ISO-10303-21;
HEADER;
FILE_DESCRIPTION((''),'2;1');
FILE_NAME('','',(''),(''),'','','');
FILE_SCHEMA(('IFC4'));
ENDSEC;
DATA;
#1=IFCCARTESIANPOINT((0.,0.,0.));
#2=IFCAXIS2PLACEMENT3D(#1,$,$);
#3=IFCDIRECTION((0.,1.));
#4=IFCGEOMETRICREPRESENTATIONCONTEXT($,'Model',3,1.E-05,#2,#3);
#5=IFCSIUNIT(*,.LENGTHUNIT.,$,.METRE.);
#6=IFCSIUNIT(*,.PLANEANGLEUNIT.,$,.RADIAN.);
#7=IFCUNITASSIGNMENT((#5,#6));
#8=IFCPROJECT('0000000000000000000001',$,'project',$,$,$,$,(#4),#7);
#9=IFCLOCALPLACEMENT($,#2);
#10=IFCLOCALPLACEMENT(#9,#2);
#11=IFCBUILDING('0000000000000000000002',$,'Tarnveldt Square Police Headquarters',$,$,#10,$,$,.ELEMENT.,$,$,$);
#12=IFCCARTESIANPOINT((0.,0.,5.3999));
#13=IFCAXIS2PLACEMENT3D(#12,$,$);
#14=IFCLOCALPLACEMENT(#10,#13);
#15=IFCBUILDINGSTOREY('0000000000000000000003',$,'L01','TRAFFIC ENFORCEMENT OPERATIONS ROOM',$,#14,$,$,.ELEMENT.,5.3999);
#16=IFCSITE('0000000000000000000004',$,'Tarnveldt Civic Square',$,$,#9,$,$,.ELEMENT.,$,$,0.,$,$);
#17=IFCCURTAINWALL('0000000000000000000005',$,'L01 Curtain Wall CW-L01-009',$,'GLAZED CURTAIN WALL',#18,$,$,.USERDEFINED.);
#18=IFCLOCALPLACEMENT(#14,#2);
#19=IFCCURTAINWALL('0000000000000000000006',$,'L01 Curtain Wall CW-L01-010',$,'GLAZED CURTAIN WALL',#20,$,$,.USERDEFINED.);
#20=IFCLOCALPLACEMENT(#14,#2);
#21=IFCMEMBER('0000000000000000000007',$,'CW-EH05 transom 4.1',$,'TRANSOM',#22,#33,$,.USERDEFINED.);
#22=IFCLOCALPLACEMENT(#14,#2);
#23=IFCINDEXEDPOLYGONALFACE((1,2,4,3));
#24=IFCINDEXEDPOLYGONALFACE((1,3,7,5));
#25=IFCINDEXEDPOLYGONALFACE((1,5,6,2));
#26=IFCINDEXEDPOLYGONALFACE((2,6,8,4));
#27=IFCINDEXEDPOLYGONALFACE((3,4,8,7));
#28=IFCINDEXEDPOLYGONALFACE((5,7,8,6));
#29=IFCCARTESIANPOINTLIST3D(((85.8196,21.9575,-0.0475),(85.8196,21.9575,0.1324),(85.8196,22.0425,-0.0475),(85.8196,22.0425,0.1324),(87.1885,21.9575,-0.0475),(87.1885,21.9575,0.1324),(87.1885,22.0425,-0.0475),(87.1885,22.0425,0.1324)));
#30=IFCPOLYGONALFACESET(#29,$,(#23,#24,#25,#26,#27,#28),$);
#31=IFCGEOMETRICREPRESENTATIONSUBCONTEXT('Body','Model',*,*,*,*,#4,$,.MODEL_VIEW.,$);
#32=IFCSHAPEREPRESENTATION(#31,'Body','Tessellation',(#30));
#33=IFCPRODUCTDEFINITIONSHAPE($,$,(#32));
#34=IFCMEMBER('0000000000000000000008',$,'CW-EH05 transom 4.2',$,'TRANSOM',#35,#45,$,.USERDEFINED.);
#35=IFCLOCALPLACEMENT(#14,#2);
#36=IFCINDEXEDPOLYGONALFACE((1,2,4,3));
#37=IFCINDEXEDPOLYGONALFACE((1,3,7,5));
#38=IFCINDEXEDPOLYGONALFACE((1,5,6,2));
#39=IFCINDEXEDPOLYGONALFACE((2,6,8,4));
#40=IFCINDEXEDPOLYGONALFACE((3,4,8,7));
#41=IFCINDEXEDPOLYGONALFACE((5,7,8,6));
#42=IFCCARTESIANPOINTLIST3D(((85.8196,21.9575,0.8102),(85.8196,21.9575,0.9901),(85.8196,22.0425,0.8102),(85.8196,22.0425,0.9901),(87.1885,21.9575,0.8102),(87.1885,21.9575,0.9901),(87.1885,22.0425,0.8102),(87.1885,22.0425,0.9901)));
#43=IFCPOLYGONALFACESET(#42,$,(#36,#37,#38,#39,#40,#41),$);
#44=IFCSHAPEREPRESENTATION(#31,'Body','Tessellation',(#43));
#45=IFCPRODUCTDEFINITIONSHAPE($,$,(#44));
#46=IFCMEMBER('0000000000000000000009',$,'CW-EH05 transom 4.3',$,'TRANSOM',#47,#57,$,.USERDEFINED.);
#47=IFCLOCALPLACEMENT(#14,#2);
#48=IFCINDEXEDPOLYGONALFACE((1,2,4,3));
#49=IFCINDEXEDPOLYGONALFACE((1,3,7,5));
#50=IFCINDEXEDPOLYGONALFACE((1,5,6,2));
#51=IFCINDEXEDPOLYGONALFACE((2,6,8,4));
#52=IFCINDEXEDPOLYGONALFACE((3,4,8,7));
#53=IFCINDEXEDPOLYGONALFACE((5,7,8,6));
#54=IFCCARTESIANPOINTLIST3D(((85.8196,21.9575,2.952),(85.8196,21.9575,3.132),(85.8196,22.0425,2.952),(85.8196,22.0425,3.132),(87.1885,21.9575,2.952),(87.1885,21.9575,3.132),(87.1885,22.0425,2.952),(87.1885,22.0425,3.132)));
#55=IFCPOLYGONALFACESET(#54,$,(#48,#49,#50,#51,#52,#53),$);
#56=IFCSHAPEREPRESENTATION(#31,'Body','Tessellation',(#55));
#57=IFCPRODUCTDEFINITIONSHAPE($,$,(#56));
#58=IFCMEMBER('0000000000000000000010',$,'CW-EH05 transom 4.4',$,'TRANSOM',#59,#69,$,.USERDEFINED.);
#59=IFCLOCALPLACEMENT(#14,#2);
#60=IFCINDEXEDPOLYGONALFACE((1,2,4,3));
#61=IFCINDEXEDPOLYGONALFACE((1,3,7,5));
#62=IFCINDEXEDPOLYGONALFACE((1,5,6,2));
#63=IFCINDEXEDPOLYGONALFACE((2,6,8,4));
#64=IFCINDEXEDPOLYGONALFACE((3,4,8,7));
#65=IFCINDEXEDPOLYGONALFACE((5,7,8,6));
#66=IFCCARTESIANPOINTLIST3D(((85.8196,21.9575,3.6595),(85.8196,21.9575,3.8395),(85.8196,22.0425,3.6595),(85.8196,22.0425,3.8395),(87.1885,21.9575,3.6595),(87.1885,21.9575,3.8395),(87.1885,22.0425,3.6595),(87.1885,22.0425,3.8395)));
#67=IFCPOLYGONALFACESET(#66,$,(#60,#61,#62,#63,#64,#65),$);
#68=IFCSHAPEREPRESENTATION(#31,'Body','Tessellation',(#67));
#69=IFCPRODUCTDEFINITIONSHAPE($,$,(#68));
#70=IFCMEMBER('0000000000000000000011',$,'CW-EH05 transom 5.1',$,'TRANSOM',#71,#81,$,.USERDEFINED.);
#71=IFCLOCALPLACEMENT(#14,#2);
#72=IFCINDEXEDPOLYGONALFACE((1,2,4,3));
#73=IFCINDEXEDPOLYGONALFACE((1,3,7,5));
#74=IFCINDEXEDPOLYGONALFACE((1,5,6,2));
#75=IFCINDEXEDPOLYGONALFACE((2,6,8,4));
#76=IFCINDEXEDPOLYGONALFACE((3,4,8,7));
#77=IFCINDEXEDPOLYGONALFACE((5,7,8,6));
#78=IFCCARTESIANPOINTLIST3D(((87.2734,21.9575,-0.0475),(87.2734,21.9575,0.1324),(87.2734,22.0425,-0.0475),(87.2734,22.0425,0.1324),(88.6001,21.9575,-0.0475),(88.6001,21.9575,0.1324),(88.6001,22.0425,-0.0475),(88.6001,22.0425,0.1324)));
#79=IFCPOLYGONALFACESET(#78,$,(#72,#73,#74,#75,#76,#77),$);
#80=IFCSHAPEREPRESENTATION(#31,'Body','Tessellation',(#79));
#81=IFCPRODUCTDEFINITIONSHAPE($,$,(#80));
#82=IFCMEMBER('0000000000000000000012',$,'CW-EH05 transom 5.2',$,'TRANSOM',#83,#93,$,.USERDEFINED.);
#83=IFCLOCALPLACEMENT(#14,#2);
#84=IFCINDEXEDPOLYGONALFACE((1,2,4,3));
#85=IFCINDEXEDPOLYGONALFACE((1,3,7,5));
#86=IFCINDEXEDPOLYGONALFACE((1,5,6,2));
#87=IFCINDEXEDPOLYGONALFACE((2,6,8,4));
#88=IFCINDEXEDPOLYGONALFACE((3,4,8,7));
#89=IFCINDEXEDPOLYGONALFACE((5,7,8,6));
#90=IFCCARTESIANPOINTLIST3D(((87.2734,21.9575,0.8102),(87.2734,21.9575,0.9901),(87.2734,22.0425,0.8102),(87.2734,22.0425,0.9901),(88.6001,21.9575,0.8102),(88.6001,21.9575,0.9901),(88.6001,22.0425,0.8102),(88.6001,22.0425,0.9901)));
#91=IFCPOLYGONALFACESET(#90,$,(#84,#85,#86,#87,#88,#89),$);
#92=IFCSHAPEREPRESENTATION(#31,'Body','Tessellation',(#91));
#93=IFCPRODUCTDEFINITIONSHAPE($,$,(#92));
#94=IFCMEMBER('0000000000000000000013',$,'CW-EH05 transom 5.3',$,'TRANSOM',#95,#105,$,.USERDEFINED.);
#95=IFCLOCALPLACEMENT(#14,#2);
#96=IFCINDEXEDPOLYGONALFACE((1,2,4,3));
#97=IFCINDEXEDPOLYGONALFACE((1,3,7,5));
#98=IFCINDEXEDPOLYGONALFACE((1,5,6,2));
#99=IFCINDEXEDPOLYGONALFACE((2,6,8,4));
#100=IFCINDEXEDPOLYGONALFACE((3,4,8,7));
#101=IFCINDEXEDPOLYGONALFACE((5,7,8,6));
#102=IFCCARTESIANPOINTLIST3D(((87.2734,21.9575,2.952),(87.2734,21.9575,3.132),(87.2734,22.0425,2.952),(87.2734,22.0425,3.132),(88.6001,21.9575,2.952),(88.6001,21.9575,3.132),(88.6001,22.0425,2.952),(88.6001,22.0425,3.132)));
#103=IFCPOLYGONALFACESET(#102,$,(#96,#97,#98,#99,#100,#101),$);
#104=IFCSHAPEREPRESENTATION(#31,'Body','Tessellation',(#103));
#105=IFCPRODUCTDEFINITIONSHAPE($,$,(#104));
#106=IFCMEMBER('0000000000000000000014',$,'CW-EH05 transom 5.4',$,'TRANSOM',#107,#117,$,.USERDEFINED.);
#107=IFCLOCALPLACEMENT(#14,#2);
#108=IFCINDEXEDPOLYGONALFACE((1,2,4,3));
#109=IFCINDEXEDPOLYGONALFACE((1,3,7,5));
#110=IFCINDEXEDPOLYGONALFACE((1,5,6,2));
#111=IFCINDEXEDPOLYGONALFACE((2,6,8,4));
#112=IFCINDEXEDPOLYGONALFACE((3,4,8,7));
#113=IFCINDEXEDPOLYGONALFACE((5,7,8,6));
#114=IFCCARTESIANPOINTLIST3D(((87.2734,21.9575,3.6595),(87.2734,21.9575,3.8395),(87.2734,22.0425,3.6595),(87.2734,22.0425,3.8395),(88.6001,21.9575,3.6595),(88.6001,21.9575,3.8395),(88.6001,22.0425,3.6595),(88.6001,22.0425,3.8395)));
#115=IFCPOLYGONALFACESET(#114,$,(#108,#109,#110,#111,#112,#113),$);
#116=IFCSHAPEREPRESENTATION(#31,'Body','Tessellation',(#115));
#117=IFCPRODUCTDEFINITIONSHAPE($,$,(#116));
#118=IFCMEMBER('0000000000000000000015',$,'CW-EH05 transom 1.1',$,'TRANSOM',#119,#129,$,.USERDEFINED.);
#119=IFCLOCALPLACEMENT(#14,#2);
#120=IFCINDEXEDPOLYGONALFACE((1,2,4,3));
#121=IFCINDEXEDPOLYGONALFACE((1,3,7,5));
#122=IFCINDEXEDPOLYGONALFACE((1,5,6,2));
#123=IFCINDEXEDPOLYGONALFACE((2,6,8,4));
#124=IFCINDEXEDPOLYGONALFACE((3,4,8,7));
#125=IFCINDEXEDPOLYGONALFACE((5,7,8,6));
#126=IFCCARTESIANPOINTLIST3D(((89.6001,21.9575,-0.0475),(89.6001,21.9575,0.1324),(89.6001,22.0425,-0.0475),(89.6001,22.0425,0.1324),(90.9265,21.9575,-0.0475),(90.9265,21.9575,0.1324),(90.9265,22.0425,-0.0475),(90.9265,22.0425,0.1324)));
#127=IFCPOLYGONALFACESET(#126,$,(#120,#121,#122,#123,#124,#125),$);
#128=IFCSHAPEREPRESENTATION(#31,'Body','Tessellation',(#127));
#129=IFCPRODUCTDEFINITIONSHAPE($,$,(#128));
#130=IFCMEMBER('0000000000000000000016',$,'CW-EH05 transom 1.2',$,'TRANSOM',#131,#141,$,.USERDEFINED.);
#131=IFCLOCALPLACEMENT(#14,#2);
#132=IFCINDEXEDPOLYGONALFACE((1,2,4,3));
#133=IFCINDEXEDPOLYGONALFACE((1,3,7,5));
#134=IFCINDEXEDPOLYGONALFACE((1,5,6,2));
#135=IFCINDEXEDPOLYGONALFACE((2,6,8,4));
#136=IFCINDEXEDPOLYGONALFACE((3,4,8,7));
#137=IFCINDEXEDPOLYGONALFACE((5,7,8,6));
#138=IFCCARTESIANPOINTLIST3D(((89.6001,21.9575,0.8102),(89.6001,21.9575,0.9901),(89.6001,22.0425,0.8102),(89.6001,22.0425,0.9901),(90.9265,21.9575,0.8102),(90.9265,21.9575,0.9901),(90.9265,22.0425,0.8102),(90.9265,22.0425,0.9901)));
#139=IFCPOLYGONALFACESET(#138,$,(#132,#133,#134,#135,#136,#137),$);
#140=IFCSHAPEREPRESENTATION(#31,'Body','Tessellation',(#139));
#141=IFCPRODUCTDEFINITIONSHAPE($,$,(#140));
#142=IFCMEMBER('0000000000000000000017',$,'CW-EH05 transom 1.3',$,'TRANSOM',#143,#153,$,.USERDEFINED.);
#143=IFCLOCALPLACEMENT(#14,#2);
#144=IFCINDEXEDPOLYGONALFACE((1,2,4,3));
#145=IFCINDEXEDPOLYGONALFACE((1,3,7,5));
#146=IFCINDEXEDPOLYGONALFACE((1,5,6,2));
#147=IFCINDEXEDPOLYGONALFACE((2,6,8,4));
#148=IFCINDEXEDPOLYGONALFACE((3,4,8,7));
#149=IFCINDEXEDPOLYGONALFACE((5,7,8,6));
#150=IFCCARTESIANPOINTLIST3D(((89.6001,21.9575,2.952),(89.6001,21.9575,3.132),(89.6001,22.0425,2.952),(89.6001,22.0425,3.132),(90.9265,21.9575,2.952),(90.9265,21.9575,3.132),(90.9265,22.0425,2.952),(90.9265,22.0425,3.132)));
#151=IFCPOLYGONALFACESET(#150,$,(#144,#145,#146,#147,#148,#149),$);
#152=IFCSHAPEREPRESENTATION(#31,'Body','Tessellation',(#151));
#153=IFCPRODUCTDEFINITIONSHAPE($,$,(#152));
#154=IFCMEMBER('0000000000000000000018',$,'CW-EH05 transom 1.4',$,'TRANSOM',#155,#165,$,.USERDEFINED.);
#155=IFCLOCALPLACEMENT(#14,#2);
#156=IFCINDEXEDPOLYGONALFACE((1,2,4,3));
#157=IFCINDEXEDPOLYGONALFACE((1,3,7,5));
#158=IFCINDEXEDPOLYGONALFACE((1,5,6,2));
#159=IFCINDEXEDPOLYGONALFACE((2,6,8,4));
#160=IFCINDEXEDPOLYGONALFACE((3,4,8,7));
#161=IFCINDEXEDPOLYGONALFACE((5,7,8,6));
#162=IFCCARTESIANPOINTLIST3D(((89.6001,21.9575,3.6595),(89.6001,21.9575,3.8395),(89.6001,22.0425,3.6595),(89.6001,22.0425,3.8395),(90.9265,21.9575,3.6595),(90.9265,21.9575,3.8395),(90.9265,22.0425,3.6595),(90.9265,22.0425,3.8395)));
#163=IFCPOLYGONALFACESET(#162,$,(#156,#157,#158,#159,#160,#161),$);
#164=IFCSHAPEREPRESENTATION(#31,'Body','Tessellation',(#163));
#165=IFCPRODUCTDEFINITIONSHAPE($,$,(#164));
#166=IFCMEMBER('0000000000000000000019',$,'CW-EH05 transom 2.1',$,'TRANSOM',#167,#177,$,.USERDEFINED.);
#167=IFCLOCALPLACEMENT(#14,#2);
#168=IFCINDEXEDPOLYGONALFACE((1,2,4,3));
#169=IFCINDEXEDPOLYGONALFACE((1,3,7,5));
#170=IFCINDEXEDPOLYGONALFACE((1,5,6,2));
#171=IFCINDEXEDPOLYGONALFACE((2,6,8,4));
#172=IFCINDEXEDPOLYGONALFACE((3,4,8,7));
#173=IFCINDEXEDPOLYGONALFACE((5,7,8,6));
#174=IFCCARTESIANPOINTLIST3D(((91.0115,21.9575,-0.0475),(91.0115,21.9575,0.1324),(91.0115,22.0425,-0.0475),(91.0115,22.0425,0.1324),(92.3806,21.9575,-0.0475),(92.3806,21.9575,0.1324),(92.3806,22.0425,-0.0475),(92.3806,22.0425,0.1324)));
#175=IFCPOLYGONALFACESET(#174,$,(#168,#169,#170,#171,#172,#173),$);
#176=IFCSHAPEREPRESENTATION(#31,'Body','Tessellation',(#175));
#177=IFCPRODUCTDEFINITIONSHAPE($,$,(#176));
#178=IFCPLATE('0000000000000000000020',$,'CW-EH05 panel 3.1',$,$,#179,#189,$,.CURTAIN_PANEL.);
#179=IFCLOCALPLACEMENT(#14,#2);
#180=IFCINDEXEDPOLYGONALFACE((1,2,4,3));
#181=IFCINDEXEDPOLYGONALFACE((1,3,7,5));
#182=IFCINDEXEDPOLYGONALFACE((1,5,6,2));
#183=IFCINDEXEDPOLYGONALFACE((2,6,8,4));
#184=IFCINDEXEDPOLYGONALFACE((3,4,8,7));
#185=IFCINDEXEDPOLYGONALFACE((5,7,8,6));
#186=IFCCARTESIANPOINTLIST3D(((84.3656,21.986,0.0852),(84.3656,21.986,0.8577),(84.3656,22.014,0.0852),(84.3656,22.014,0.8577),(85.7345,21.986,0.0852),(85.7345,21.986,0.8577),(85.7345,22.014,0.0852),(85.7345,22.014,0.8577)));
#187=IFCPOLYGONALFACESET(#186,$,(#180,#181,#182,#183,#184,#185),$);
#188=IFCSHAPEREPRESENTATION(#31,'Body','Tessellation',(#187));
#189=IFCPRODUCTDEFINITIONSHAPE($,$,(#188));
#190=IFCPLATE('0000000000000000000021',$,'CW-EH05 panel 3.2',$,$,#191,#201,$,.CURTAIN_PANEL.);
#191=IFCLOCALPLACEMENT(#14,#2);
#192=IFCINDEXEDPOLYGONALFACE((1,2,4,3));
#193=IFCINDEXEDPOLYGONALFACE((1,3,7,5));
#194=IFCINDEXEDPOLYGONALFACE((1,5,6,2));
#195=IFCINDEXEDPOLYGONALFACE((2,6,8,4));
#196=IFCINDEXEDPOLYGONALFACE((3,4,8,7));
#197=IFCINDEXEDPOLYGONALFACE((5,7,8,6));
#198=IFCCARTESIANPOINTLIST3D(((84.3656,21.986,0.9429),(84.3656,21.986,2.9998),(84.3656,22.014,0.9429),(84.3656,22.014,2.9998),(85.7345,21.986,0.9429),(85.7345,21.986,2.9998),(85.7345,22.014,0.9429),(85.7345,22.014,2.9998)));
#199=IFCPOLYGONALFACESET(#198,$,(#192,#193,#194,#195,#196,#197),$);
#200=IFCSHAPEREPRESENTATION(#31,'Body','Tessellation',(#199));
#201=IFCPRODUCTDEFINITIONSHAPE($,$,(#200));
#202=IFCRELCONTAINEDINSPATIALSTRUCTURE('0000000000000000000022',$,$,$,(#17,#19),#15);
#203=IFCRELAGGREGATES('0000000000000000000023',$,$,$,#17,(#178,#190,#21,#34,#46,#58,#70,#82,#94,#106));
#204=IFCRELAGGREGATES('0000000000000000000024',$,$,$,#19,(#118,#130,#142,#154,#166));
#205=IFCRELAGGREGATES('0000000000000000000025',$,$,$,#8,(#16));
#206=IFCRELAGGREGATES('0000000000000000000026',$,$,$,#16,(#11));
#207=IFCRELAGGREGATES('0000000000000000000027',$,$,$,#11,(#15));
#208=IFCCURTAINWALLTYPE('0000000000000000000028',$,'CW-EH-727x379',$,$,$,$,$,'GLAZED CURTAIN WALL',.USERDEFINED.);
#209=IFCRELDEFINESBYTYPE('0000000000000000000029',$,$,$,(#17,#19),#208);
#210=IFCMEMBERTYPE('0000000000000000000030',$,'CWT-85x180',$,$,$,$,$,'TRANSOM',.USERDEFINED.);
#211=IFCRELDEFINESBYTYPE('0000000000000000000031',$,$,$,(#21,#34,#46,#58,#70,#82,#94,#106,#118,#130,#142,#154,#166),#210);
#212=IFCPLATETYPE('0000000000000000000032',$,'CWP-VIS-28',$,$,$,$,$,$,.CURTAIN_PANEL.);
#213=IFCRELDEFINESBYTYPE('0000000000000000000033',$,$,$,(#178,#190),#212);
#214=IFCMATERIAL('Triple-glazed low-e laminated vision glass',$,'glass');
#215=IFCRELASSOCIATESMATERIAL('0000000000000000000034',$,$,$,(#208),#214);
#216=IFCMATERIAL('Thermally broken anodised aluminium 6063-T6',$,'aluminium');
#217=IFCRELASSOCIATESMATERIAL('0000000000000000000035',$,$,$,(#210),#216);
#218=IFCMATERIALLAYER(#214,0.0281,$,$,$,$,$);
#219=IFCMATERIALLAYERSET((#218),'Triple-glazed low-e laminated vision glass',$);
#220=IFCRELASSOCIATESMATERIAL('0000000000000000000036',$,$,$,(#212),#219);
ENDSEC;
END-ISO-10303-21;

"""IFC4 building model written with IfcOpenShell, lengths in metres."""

from ifc_helpers import new_model, si_unit, direction, frame, origin, origin_2d, place, context, subcontext, project, spatial, rectangle, extrude, material, layer, layer_set, material_profile, profile_set, type_object, element, aggregate, save


model = new_model("IFC4")

# Units and contexts
model_context = context("Model", 3, precision=1e-05, world=origin(), true_north=direction((0.0, 1.0)))
body_context = subcontext(model_context, "Body", "Model", "MODEL_VIEW")
ifc_project = project(units=[si_unit("LENGTHUNIT", "METRE"), si_unit("PLANEANGLEUNIT", "RADIAN")], contexts=[model_context])

# Site, building, storey
site_placement = place(None, origin())
site = spatial("IfcSite", under=ifc_project, at=site_placement, Name="Tarnveldt Civic Square", CompositionType="ELEMENT", RefElevation=0.0)
building_placement = place(site_placement, origin())
building = spatial("IfcBuilding", under=site, at=building_placement, Name="Tarnveldt Square Police Headquarters", CompositionType="ELEMENT")
storey_placement = place(building_placement, frame((0.0, 0.0, 5.3999)))
storey = spatial("IfcBuildingStorey", under=building, at=storey_placement, Name="L01", Description="TRAFFIC ENFORCEMENT OPERATIONS ROOM", CompositionType="ELEMENT", Elevation=5.3999)

# Curtain walls
ifc_material_1 = material(Name="Triple-glazed low-e laminated vision glass", Category="glass")
curtain_wall_type = type_object("IfcCurtainWallType", Name="CW-EH-727x379", ElementType="GLAZED CURTAIN WALL", PredefinedType="USERDEFINED", material=ifc_material_1)
curtain_wall_1_placement = place(storey_placement, origin())
curtain_wall_1 = element("IfcCurtainWall", 1, at=curtain_wall_1_placement, inside=storey, type_object=curtain_wall_type, Name="L01 Curtain Wall CW-L01-009", ObjectType="GLAZED CURTAIN WALL", PredefinedType="USERDEFINED")
ifc_material_2 = material(Name="Thermally broken anodised aluminium 6063-T6", Category="aluminium")
curtain_wall_2_placement = place(storey_placement, origin())
curtain_wall_2 = element("IfcCurtainWall", 2, at=curtain_wall_2_placement, inside=storey, type_object=curtain_wall_type, Name="L01 Curtain Wall CW-L01-010", ObjectType="GLAZED CURTAIN WALL", PredefinedType="USERDEFINED")

# Members
ifc_material_profile_1 = material_profile(ifc_material_2, rectangle(XDim=0.085, YDim=0.1799, at=origin_2d()), Name="CW-T85x180")
ifc_profile_set_1 = profile_set([ifc_material_profile_1], Name="Thermally broken anodised aluminium 6063-T6")
member_type_1 = type_object("IfcMemberType", Name="CWT-85x180", ElementType="TRANSOM", PredefinedType="USERDEFINED", material=ifc_profile_set_1)
member_1_placement = place(storey_placement, frame((85.8196, 22.0, 0.0425), z_axis=(1.0, 0.0, 0.0), x_axis=(0.0, 1.0, 0.0)))
member_1 = element("IfcMember", 3, at=member_1_placement, type_object=member_type_1, Name="CW-EH05 transom 4.1", ObjectType="TRANSOM", PredefinedType="USERDEFINED", context=body_context, shape_type="SweptSolid", body=[
    extrude(rectangle(XDim=0.085, YDim=0.1799, at=origin_2d()), origin(), (0.0, 0.0, 1.0), 1.3689),
])
member_2_placement = place(storey_placement, frame((85.8196, 22.0, 0.9001), z_axis=(1.0, 0.0, 0.0), x_axis=(0.0, 1.0, 0.0)))
member_2 = element("IfcMember", 4, at=member_2_placement, type_object=member_type_1, Name="CW-EH05 transom 4.2", ObjectType="TRANSOM", PredefinedType="USERDEFINED", context=body_context, shape_type="SweptSolid", body=[
    extrude(rectangle(XDim=0.085, YDim=0.1799, at=origin_2d()), origin(), (0.0, 0.0, 1.0), 1.3689),
])
member_3_placement = place(storey_placement, frame((85.8196, 22.0, 3.042), z_axis=(1.0, 0.0, 0.0), x_axis=(0.0, 1.0, 0.0)))
member_3 = element("IfcMember", 5, at=member_3_placement, type_object=member_type_1, Name="CW-EH05 transom 4.3", ObjectType="TRANSOM", PredefinedType="USERDEFINED", context=body_context, shape_type="SweptSolid", body=[
    extrude(rectangle(XDim=0.085, YDim=0.1799, at=origin_2d()), origin(), (0.0, 0.0, 1.0), 1.3689),
])
member_4_placement = place(storey_placement, frame((85.8196, 22.0, 3.7495), z_axis=(1.0, 0.0, 0.0), x_axis=(0.0, 1.0, 0.0)))
member_4 = element("IfcMember", 6, at=member_4_placement, type_object=member_type_1, Name="CW-EH05 transom 4.4", ObjectType="TRANSOM", PredefinedType="USERDEFINED", context=body_context, shape_type="SweptSolid", body=[
    extrude(rectangle(XDim=0.085, YDim=0.1799, at=origin_2d()), origin(), (0.0, 0.0, 1.0), 1.3689),
])
member_5_placement = place(storey_placement, frame((87.2734, 22.0, 0.0425), z_axis=(1.0, 0.0, 0.0), x_axis=(0.0, 1.0, 0.0)))
member_5 = element("IfcMember", 7, at=member_5_placement, type_object=member_type_1, Name="CW-EH05 transom 5.1", ObjectType="TRANSOM", PredefinedType="USERDEFINED", context=body_context, shape_type="SweptSolid", body=[
    extrude(rectangle(XDim=0.085, YDim=0.1799, at=origin_2d()), origin(), (0.0, 0.0, 1.0), 1.3267),
])
member_6_placement = place(storey_placement, frame((87.2734, 22.0, 0.9001), z_axis=(1.0, 0.0, 0.0), x_axis=(0.0, 1.0, 0.0)))
member_6 = element("IfcMember", 8, at=member_6_placement, type_object=member_type_1, Name="CW-EH05 transom 5.2", ObjectType="TRANSOM", PredefinedType="USERDEFINED", context=body_context, shape_type="SweptSolid", body=[
    extrude(rectangle(XDim=0.085, YDim=0.1799, at=origin_2d()), origin(), (0.0, 0.0, 1.0), 1.3267),
])
member_7_placement = place(storey_placement, frame((87.2734, 22.0, 3.042), z_axis=(1.0, 0.0, 0.0), x_axis=(0.0, 1.0, 0.0)))
member_7 = element("IfcMember", 9, at=member_7_placement, type_object=member_type_1, Name="CW-EH05 transom 5.3", ObjectType="TRANSOM", PredefinedType="USERDEFINED", context=body_context, shape_type="SweptSolid", body=[
    extrude(rectangle(XDim=0.085, YDim=0.1799, at=origin_2d()), origin(), (0.0, 0.0, 1.0), 1.3267),
])
member_8_placement = place(storey_placement, frame((87.2734, 22.0, 3.7495), z_axis=(1.0, 0.0, 0.0), x_axis=(0.0, 1.0, 0.0)))
member_8 = element("IfcMember", 10, at=member_8_placement, type_object=member_type_1, Name="CW-EH05 transom 5.4", ObjectType="TRANSOM", PredefinedType="USERDEFINED", context=body_context, shape_type="SweptSolid", body=[
    extrude(rectangle(XDim=0.085, YDim=0.1799, at=origin_2d()), origin(), (0.0, 0.0, 1.0), 1.3267),
])
member_9_placement = place(storey_placement, frame((89.6001, 22.0, 0.0425), z_axis=(1.0, 0.0, 0.0), x_axis=(0.0, 1.0, 0.0)))
member_9 = element("IfcMember", 11, at=member_9_placement, type_object=member_type_1, Name="CW-EH05 transom 1.1", ObjectType="TRANSOM", PredefinedType="USERDEFINED", context=body_context, shape_type="SweptSolid", body=[
    extrude(rectangle(XDim=0.085, YDim=0.1799, at=origin_2d()), origin(), (0.0, 0.0, 1.0), 1.3264),
])
member_10_placement = place(storey_placement, frame((89.6001, 22.0, 0.9001), z_axis=(1.0, 0.0, 0.0), x_axis=(0.0, 1.0, 0.0)))
member_10 = element("IfcMember", 12, at=member_10_placement, type_object=member_type_1, Name="CW-EH05 transom 1.2", ObjectType="TRANSOM", PredefinedType="USERDEFINED", context=body_context, shape_type="SweptSolid", body=[
    extrude(rectangle(XDim=0.085, YDim=0.1799, at=origin_2d()), origin(), (0.0, 0.0, 1.0), 1.3264),
])
member_11_placement = place(storey_placement, frame((89.6001, 22.0, 3.042), z_axis=(1.0, 0.0, 0.0), x_axis=(0.0, 1.0, 0.0)))
member_11 = element("IfcMember", 13, at=member_11_placement, type_object=member_type_1, Name="CW-EH05 transom 1.3", ObjectType="TRANSOM", PredefinedType="USERDEFINED", context=body_context, shape_type="SweptSolid", body=[
    extrude(rectangle(XDim=0.085, YDim=0.1799, at=origin_2d()), origin(), (0.0, 0.0, 1.0), 1.3264),
])
member_12_placement = place(storey_placement, frame((89.6001, 22.0, 3.7495), z_axis=(1.0, 0.0, 0.0), x_axis=(0.0, 1.0, 0.0)))
member_12 = element("IfcMember", 14, at=member_12_placement, type_object=member_type_1, Name="CW-EH05 transom 1.4", ObjectType="TRANSOM", PredefinedType="USERDEFINED", context=body_context, shape_type="SweptSolid", body=[
    extrude(rectangle(XDim=0.085, YDim=0.1799, at=origin_2d()), origin(), (0.0, 0.0, 1.0), 1.3264),
])
member_13_placement = place(storey_placement, frame((91.0115, 22.0, 0.0425), z_axis=(1.0, 0.0, 0.0), x_axis=(0.0, 1.0, 0.0)))
member_13 = element("IfcMember", 15, at=member_13_placement, type_object=member_type_1, Name="CW-EH05 transom 2.1", ObjectType="TRANSOM", PredefinedType="USERDEFINED", context=body_context, shape_type="SweptSolid", body=[
    extrude(rectangle(XDim=0.085, YDim=0.1799, at=origin_2d()), origin(), (0.0, 0.0, 1.0), 1.3691),
])

# Plates
ifc_layer = layer(ifc_material_1, 0.0281)
ifc_layer_set = layer_set([ifc_layer], Name="Triple-glazed low-e laminated vision glass")
plate_type = type_object("IfcPlateType", Name="CWP-VIS-28", PredefinedType="CURTAIN_PANEL", material=ifc_layer_set)
plate_1_placement = place(storey_placement, frame((85.05, 22.0, 0.0852), z_axis=(0.0, 0.0, 1.0), x_axis=(1.0, 0.0, 0.0)))
plate_1 = element("IfcPlate", 16, at=plate_1_placement, type_object=plate_type, Name="CW-EH05 panel 3.1", PredefinedType="CURTAIN_PANEL", context=body_context, shape_type="SweptSolid", body=[
    extrude(rectangle(XDim=1.3689, YDim=0.0281, at=origin_2d()), origin(), (0.0, 0.0, 1.0), 0.7725),
])
plate_2_placement = place(storey_placement, frame((85.05, 22.0, 0.9429), z_axis=(0.0, 0.0, 1.0), x_axis=(1.0, 0.0, 0.0)))
plate_2 = element("IfcPlate", 17, at=plate_2_placement, type_object=plate_type, Name="CW-EH05 panel 3.2", PredefinedType="CURTAIN_PANEL", context=body_context, shape_type="SweptSolid", body=[
    extrude(rectangle(XDim=1.3689, YDim=0.0281, at=origin_2d()), origin(), (0.0, 0.0, 1.0), 2.0569),
])
aggregate(curtain_wall_1, [plate_1, plate_2, member_1, member_2, member_3, member_4, member_5, member_6, member_7, member_8])
aggregate(curtain_wall_2, [member_9, member_10, member_11, member_12, member_13])

save(model, "model.ifc")
